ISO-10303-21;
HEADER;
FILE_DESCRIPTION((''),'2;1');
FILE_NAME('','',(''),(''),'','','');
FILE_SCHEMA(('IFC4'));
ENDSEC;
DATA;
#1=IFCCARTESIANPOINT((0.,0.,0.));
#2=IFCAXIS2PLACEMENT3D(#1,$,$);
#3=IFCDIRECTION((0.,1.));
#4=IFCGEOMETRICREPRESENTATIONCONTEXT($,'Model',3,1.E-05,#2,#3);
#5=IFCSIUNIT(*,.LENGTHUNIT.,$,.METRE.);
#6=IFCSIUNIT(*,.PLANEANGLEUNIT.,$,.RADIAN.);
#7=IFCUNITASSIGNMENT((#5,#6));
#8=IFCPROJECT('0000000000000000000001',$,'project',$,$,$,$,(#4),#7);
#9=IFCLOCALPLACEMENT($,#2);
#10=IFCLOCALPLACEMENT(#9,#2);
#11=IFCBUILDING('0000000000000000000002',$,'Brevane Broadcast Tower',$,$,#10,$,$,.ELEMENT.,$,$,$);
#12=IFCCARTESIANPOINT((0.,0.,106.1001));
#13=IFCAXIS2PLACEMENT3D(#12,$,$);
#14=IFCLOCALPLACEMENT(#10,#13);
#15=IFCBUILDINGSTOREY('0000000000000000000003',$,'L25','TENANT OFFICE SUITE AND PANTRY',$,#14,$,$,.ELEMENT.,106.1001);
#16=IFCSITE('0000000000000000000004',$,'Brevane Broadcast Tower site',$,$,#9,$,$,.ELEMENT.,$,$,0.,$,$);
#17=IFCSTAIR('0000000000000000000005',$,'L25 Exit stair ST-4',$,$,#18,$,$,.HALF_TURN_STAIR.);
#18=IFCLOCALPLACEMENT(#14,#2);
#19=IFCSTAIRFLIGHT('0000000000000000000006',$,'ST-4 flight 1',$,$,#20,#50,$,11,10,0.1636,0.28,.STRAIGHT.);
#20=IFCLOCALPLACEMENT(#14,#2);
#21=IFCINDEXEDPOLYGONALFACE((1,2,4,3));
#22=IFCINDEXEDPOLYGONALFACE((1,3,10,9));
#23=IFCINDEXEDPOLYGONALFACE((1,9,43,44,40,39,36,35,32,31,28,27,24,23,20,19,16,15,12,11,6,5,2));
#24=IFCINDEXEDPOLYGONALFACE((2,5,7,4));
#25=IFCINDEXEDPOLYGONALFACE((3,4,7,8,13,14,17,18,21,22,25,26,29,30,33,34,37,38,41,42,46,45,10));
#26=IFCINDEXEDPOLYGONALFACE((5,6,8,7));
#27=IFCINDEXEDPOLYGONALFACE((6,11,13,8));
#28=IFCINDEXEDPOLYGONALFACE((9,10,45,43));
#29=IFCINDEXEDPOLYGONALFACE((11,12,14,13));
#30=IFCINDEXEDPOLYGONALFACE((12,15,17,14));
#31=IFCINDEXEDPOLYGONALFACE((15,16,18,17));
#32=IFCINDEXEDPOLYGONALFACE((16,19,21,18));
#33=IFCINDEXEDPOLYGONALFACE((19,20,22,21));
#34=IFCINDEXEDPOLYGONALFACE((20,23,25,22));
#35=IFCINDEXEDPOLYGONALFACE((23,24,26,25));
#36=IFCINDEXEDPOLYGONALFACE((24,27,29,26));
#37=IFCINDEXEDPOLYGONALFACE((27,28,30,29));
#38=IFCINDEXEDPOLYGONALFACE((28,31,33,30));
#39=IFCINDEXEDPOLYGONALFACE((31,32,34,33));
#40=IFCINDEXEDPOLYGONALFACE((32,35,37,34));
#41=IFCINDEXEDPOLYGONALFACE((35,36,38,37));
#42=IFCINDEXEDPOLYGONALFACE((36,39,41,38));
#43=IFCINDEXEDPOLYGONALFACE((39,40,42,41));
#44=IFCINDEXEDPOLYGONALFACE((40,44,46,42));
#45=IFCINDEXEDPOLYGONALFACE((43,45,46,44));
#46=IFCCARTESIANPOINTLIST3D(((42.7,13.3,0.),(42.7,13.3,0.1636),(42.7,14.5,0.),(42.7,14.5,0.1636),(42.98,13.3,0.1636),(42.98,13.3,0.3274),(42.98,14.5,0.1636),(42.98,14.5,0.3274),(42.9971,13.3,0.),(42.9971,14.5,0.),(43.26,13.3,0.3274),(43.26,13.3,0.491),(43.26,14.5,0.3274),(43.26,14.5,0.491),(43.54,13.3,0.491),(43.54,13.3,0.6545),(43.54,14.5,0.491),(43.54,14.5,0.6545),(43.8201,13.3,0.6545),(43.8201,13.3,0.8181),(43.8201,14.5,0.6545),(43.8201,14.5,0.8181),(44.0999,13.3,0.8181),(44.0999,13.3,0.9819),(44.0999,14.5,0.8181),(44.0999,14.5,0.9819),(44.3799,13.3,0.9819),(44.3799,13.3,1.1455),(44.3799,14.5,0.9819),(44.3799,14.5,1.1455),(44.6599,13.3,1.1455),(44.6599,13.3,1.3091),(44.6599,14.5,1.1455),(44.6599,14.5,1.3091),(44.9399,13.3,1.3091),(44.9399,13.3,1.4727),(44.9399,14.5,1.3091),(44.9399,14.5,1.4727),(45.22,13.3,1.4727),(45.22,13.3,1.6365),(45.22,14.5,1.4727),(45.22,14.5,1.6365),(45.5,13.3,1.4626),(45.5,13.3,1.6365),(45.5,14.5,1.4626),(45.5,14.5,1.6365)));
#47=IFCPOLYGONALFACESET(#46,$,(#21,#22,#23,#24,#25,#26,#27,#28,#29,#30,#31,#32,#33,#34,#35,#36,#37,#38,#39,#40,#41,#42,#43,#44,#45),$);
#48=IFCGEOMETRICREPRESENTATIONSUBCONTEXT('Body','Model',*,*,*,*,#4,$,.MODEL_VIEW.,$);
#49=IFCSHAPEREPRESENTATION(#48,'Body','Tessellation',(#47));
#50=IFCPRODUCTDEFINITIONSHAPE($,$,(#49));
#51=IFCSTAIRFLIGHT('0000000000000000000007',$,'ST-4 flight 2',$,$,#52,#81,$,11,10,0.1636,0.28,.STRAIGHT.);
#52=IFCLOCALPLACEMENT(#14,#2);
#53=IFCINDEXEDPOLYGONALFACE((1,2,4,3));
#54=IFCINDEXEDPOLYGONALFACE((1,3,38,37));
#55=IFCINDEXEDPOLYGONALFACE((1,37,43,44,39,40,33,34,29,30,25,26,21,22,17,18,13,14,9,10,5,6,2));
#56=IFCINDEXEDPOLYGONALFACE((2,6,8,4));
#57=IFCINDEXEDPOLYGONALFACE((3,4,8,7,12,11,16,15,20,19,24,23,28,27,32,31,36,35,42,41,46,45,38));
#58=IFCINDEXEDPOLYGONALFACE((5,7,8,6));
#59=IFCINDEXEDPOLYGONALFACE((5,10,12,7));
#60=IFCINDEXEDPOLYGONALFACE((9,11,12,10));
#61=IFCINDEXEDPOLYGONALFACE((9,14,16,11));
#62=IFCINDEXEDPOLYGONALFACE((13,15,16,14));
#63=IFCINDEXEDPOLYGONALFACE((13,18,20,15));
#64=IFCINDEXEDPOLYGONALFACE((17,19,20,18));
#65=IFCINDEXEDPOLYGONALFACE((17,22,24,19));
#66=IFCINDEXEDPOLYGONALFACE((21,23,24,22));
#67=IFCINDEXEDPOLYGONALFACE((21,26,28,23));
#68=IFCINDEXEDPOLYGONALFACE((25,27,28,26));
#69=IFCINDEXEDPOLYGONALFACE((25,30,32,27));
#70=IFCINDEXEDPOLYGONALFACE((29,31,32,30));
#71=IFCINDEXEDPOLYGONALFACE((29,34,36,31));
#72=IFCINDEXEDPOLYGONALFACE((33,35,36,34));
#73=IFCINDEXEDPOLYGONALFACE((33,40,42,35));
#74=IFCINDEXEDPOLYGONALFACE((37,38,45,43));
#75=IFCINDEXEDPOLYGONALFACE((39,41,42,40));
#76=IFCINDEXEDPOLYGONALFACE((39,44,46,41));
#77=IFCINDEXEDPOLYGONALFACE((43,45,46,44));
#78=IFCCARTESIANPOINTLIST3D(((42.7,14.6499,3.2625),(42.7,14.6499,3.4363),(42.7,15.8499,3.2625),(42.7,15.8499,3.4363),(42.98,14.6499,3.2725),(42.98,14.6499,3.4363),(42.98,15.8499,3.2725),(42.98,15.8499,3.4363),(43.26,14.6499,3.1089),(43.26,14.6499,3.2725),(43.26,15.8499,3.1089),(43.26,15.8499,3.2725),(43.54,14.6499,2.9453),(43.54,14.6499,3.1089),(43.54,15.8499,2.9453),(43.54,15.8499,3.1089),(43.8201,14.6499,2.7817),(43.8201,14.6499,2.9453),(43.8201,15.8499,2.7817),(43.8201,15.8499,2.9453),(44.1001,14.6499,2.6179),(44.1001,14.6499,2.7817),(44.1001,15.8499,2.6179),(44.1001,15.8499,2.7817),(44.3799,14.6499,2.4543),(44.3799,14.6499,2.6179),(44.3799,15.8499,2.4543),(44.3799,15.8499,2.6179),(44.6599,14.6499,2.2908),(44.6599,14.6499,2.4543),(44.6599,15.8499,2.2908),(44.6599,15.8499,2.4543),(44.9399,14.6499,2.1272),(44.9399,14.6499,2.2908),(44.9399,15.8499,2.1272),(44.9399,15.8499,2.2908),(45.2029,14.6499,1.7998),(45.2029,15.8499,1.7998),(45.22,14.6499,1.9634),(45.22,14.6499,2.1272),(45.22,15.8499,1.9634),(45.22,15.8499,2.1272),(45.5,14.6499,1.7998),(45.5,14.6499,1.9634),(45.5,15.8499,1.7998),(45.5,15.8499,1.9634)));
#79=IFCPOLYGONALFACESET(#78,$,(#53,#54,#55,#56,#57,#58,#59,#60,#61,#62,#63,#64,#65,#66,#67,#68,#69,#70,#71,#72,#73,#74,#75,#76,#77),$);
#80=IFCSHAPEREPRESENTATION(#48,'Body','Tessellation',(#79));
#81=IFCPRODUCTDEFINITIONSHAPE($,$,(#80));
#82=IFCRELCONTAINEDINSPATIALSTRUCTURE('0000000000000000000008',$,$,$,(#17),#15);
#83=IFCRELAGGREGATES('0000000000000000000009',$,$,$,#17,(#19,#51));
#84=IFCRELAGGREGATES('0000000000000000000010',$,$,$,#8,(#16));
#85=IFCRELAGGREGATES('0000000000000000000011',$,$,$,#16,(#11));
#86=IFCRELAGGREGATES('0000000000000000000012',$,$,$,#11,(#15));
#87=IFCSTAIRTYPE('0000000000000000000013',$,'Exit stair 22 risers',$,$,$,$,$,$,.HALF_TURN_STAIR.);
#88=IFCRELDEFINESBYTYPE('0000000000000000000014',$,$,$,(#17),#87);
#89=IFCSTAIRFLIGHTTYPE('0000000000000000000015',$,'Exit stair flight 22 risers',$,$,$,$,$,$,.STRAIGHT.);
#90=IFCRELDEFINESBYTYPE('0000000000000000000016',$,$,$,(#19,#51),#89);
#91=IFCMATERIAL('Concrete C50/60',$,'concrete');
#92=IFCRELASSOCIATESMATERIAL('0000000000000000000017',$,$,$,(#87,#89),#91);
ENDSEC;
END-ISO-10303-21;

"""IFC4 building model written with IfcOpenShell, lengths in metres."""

from ifc_helpers import new_model, si_unit, direction, frame, origin, place, context, subcontext, project, spatial, polyline, outline, extrude, material, type_object, element, aggregate, save


model = new_model("IFC4")

# Units and contexts
model_context = context("Model", 3, precision=1e-05, world=origin(), true_north=direction((0.0, 1.0)))
body_context = subcontext(model_context, "Body", "Model", "MODEL_VIEW")
ifc_project = project(units=[si_unit("LENGTHUNIT", "METRE"), si_unit("PLANEANGLEUNIT", "RADIAN")], contexts=[model_context])

# Site, building, storey
site_placement = place(None, origin())
site = spatial("IfcSite", under=ifc_project, at=site_placement, Name="Brevane Broadcast Tower site", CompositionType="ELEMENT", RefElevation=0.0)
building_placement = place(site_placement, origin())
building = spatial("IfcBuilding", under=site, at=building_placement, Name="Brevane Broadcast Tower", CompositionType="ELEMENT")
storey_placement = place(building_placement, frame((0.0, 0.0, 106.1001)))
storey = spatial("IfcBuildingStorey", under=building, at=storey_placement, Name="L25", Description="TENANT OFFICE SUITE AND PANTRY", CompositionType="ELEMENT", Elevation=106.1001)

# Stair, stair flights
ifc_material_1 = material(Name="Concrete C50/60", Category="concrete")
stair_type = type_object("IfcStairType", Name="Exit stair 22 risers", PredefinedType="HALF_TURN_STAIR", material=ifc_material_1)
stair_placement = place(storey_placement, origin())
stair = element("IfcStair", 1, at=stair_placement, inside=storey, type_object=stair_type, Name="L25 Exit stair ST-4", PredefinedType="HALF_TURN_STAIR")
stair_flight_type = type_object("IfcStairFlightType", Name="Exit stair flight 22 risers", PredefinedType="STRAIGHT", material=ifc_material_1)
stair_flight_1_placement = place(storey_placement, frame((42.7, 13.8999, 0.0), z_axis=(0.0, 0.0, 1.0), x_axis=(1.0, 0.0, 0.0)))
stair_flight_1 = element("IfcStairFlight", 2, at=stair_flight_1_placement, type_object=stair_flight_type, Name="ST-4 flight 1", NumberOfRisers=11, NumberOfTreads=10, PredefinedType="STRAIGHT", RiserHeight=0.1636, TreadLength=0.28, context=body_context, shape_type="SweptSolid", body=[
    extrude(outline(polyline([(0.0, 0.0), (0.0, 0.1636), (0.28, 0.1636), (0.28, 0.3274), (0.5601, 0.3274), (0.5601, 0.491), (0.8401, 0.491), (0.8401, 0.6545), (1.1201, 0.6545), (1.1201, 0.8181), (1.3999, 0.8181), (1.3999, 0.9819), (1.6799, 0.9819), (1.6799, 1.1455), (1.96, 1.1455), (1.96, 1.3091), (2.24, 1.3091), (2.24, 1.4727), (2.52, 1.4727), (2.52, 1.6365), (2.8, 1.6365), (2.8, 1.8), (2.8, 1.4626), (0.2971, 0.0), (0.0, 0.0)])), frame((0.0, 0.6001, 0.0), z_axis=(0.0, -1.0, 0.0), x_axis=(1.0, 0.0, 0.0)), (0.0, 0.0, 1.0), 1.2),
])
stair_flight_2_placement = place(storey_placement, frame((45.5, 15.25, 1.7998), z_axis=(0.0, 0.0, 1.0), x_axis=(-1.0, 0.0, 0.0)))
stair_flight_2 = element("IfcStairFlight", 3, at=stair_flight_2_placement, type_object=stair_flight_type, Name="ST-4 flight 2", NumberOfRisers=11, NumberOfTreads=10, PredefinedType="STRAIGHT", RiserHeight=0.1636, TreadLength=0.28, context=body_context, shape_type="SweptSolid", body=[
    extrude(outline(polyline([(0.0, 0.0), (0.0, 0.1636), (0.28, 0.1636), (0.28, 0.3274), (0.5601, 0.3274), (0.5601, 0.491), (0.8401, 0.491), (0.8401, 0.6545), (1.1201, 0.6545), (1.1201, 0.8181), (1.3999, 0.8181), (1.3999, 0.9819), (1.6799, 0.9819), (1.6799, 1.1455), (1.96, 1.1455), (1.96, 1.3091), (2.24, 1.3091), (2.24, 1.4727), (2.52, 1.4727), (2.52, 1.6365), (2.8, 1.6365), (2.8, 1.8), (2.8, 1.4626), (0.2971, 0.0), (0.0, 0.0)])), frame((0.0, 0.6001, 0.0), z_axis=(0.0, -1.0, 0.0), x_axis=(1.0, 0.0, 0.0)), (0.0, 0.0, 1.0), 1.2),
])
aggregate(stair, [stair_flight_1, stair_flight_2])

save(model, "model.ifc")
